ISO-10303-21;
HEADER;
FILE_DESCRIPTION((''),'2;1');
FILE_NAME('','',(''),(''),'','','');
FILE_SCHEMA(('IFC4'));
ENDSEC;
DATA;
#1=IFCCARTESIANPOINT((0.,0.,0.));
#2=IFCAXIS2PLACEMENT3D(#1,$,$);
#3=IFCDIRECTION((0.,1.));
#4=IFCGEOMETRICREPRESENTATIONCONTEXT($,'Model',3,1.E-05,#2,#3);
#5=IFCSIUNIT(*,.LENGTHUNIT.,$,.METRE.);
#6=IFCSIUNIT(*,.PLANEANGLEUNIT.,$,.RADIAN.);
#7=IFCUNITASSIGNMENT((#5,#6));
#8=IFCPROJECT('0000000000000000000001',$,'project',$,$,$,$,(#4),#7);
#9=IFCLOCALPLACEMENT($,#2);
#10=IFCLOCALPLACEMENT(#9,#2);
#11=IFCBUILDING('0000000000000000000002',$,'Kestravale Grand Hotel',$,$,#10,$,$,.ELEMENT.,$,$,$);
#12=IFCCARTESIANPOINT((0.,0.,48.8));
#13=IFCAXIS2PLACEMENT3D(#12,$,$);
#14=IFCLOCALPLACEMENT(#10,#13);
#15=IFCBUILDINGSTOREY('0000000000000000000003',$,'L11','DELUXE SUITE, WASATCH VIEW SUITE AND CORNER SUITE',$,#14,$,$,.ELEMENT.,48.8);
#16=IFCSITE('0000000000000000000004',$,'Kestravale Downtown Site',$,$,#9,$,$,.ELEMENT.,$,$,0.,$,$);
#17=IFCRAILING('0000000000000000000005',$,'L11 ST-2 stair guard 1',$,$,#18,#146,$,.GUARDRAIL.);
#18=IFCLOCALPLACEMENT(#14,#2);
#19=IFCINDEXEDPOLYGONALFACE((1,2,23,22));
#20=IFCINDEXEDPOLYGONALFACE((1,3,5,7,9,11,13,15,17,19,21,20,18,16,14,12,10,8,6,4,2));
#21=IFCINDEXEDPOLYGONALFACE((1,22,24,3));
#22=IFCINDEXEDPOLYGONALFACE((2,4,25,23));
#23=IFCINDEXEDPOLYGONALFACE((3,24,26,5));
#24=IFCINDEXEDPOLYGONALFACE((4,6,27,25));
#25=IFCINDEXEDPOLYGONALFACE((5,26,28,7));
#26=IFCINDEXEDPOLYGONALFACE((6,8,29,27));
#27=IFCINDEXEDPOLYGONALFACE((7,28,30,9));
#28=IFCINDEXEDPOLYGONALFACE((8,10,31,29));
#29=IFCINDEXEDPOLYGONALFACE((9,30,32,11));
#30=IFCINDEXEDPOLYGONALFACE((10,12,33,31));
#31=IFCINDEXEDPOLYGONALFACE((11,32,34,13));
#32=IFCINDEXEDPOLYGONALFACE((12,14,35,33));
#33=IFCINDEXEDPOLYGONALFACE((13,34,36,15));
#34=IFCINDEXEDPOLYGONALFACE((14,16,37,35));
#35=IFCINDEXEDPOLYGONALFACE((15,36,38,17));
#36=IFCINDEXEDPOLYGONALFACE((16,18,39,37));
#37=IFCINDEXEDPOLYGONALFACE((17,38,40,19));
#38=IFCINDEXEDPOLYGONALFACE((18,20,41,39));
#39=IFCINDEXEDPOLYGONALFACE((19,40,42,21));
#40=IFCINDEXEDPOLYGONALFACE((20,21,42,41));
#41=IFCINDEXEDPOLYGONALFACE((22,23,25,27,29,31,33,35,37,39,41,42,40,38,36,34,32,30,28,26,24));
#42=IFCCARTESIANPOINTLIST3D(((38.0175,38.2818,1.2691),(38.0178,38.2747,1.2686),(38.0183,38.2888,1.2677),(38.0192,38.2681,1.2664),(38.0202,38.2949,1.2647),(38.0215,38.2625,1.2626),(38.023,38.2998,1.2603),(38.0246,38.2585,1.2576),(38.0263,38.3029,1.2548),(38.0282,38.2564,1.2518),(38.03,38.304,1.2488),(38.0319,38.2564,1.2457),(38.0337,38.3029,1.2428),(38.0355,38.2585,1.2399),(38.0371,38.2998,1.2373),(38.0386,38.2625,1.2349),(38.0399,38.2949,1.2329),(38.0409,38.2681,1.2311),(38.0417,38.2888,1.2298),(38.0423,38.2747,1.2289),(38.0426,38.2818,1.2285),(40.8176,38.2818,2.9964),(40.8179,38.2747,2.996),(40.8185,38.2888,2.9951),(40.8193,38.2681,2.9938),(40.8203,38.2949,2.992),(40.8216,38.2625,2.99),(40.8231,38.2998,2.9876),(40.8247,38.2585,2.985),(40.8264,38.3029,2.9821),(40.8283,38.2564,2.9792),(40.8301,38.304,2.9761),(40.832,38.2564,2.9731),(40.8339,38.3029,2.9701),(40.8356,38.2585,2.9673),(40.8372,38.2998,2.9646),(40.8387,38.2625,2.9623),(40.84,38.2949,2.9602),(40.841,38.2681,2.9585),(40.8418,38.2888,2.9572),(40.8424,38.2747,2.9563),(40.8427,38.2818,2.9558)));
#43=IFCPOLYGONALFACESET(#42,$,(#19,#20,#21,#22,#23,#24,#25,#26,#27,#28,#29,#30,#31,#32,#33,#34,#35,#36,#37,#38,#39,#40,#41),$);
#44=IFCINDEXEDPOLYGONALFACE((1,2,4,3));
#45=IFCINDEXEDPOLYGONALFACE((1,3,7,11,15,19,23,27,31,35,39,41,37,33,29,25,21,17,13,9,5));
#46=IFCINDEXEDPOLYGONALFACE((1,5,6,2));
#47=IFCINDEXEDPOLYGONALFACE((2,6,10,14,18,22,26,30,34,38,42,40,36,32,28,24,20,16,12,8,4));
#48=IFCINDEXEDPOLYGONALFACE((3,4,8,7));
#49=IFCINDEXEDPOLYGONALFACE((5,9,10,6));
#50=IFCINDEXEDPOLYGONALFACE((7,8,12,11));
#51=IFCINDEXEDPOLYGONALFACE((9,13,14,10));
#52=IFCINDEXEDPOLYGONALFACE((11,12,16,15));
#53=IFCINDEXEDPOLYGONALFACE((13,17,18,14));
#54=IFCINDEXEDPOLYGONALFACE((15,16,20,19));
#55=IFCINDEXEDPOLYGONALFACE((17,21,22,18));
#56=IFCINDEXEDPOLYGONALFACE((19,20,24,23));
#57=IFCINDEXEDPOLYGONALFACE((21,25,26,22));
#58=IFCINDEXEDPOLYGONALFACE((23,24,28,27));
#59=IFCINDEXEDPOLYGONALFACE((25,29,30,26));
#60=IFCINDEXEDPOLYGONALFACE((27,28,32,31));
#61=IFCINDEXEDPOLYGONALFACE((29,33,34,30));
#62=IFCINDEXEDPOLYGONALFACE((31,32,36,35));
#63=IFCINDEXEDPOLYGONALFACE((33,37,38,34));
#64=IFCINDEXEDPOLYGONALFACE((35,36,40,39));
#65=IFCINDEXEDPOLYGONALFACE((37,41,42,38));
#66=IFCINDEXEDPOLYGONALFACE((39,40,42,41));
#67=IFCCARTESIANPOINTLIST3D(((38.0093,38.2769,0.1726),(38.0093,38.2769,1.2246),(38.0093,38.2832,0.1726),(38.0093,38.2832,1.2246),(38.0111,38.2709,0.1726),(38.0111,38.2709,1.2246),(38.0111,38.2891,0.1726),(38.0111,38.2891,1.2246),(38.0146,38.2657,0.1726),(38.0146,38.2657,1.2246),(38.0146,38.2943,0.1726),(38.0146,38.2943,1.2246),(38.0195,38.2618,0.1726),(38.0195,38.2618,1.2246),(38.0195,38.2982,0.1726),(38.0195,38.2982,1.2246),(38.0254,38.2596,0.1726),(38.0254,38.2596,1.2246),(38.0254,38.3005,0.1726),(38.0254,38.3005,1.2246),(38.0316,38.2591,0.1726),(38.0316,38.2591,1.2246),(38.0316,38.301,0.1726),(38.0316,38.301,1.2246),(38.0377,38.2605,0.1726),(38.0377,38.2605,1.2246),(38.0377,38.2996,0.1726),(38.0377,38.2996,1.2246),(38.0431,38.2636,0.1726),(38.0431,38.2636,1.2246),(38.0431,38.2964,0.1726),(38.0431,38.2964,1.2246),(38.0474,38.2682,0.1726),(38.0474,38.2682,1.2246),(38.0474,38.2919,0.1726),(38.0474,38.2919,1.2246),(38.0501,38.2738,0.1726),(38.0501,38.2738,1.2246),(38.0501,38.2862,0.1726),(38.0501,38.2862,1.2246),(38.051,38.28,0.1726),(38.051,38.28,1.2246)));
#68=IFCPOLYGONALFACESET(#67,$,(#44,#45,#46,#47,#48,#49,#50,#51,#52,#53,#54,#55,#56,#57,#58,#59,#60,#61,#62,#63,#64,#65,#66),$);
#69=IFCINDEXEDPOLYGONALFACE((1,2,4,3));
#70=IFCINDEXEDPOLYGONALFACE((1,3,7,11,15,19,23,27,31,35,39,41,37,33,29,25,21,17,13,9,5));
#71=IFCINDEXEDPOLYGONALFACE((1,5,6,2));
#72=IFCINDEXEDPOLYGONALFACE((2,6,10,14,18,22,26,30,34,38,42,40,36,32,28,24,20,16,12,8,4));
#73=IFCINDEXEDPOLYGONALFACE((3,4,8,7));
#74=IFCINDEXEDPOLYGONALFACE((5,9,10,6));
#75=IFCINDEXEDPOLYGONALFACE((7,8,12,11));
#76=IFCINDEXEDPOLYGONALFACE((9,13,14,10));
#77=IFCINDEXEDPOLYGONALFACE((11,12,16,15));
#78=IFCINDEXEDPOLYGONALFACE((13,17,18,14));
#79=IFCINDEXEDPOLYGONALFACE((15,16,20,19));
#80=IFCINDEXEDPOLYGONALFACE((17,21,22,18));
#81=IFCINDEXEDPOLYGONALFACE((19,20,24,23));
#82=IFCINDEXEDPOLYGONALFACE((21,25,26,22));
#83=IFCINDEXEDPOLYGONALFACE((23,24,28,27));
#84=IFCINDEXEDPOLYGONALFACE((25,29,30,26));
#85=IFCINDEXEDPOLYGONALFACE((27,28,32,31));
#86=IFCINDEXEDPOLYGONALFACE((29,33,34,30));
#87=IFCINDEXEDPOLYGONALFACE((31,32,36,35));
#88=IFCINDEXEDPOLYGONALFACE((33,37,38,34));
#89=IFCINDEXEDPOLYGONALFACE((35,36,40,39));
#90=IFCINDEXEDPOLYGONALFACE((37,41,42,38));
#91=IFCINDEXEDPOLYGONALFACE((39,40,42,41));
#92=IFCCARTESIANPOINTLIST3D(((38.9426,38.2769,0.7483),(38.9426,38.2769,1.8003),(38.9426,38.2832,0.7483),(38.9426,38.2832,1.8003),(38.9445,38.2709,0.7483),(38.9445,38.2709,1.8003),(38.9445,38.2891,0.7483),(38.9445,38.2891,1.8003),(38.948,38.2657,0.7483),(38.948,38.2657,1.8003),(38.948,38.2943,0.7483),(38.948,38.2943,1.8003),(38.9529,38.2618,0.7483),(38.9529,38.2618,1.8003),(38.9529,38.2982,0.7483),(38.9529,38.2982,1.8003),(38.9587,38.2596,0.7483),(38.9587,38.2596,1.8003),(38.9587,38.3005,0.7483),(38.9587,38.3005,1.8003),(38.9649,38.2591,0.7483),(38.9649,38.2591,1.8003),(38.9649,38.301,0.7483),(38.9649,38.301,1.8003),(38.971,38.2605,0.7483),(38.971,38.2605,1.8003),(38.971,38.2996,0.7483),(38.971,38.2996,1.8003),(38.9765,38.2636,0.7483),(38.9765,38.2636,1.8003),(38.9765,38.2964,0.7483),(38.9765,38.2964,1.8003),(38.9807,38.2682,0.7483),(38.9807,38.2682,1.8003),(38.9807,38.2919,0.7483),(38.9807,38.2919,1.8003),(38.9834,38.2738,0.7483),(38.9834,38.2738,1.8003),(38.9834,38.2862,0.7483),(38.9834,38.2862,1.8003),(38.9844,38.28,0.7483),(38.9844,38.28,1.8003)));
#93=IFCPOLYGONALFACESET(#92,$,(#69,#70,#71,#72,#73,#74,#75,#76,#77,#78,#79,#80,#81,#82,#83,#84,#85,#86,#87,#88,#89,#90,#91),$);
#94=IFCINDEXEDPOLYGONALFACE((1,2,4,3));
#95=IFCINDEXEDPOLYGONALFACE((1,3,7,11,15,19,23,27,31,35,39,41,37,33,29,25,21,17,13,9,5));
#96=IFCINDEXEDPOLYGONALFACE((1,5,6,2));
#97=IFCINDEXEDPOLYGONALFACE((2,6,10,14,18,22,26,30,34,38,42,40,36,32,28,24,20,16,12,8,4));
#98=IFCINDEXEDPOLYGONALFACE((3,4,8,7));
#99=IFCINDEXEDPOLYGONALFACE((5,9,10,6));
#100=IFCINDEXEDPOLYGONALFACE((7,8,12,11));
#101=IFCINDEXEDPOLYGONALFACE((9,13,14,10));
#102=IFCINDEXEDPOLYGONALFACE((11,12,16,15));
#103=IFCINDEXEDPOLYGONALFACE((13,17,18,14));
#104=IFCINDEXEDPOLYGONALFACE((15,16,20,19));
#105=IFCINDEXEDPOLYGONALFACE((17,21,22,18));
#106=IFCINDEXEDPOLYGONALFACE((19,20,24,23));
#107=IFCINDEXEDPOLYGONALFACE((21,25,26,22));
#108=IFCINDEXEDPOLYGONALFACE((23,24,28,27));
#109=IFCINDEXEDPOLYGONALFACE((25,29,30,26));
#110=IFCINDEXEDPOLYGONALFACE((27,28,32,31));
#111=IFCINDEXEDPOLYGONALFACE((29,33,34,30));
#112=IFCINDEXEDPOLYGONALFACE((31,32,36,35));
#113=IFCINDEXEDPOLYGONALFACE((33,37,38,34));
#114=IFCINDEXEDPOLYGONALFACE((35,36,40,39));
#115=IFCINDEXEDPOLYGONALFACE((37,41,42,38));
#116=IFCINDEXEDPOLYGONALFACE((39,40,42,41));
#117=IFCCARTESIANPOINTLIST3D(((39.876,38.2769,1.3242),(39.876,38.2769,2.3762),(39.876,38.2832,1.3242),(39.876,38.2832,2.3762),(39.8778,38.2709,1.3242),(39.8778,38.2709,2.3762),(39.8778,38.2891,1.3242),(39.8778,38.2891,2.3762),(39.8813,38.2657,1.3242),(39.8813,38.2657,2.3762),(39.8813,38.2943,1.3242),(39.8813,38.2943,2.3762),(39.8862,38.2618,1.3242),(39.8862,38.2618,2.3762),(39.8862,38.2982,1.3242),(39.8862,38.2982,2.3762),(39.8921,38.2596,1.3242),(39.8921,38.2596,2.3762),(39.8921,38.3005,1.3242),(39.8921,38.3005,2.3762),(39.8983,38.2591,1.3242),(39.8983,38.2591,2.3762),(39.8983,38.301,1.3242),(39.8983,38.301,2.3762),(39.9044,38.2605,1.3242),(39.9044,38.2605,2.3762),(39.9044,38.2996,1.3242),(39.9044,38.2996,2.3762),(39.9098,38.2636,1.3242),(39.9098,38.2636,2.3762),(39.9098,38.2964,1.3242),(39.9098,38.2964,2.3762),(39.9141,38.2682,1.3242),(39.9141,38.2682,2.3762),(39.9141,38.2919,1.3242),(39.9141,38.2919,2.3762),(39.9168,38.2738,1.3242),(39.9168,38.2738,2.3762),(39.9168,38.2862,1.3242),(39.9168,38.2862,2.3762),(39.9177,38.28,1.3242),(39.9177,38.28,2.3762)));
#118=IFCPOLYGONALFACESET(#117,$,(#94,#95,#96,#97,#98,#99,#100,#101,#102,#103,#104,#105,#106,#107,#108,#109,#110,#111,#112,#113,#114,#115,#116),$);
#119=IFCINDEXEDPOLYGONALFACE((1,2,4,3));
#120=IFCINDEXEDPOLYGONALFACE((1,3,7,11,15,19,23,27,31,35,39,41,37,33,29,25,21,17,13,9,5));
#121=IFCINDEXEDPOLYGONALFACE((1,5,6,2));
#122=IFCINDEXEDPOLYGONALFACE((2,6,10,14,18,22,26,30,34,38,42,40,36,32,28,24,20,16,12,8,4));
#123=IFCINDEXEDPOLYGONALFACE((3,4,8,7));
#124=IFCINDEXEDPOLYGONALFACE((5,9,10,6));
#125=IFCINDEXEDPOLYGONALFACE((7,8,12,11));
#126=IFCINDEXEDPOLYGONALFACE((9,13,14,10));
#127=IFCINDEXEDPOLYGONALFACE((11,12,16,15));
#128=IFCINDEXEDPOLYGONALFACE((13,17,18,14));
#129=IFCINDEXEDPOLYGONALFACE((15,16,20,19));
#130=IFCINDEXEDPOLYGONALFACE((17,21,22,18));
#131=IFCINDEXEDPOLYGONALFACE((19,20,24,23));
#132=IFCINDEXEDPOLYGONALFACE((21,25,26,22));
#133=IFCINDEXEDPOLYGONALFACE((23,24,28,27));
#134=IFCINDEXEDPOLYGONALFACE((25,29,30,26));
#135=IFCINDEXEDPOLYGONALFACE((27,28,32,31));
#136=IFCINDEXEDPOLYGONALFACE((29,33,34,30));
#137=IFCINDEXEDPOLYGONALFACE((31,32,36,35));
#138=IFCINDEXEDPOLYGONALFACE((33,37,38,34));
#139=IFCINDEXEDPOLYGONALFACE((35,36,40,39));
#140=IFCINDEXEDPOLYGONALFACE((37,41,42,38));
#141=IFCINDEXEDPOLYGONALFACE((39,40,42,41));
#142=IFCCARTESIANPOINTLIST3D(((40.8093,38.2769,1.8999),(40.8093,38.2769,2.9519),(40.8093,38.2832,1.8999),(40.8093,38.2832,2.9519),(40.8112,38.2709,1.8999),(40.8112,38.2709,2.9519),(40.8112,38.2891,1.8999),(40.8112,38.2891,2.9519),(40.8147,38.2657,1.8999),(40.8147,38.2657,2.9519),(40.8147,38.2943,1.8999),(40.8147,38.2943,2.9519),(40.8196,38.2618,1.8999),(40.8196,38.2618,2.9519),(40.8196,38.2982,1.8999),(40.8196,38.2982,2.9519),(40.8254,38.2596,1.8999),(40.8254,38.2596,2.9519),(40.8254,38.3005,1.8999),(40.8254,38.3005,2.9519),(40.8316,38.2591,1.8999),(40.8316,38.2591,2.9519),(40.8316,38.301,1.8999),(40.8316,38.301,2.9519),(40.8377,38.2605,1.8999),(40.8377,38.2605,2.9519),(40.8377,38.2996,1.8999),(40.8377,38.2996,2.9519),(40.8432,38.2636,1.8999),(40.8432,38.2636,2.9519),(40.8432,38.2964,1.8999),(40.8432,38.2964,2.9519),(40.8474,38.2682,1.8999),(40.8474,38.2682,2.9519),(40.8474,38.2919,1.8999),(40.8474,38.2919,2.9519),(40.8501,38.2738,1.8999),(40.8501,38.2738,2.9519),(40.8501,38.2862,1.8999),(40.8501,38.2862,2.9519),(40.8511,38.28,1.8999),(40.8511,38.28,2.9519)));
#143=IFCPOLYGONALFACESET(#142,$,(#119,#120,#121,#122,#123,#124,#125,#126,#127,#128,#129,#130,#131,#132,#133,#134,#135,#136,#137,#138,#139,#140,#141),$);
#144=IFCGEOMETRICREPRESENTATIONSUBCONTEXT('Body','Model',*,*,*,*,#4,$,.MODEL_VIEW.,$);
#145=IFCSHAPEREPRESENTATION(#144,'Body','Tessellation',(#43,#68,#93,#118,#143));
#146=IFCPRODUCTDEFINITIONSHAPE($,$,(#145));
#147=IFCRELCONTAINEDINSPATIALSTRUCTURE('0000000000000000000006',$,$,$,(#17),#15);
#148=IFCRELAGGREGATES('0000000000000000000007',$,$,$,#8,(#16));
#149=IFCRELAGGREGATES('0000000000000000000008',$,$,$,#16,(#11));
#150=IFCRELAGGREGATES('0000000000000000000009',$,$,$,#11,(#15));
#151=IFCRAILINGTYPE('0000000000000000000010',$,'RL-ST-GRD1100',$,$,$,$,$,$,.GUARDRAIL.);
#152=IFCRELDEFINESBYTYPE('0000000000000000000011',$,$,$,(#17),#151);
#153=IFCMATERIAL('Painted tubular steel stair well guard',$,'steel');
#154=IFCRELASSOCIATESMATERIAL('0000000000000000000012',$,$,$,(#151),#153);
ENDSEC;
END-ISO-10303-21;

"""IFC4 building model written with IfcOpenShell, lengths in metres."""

from ifc_helpers import new_model, si_unit, direction, frame, origin, origin_2d, place, context, subcontext, project, spatial, circle, extrude, material, type_object, element, save


model = new_model("IFC4")

# Units and contexts
model_context = context("Model", 3, precision=1e-05, world=origin(), true_north=direction((0.0, 1.0)))
body_context = subcontext(model_context, "Body", "Model", "MODEL_VIEW")
ifc_project = project(units=[si_unit("LENGTHUNIT", "METRE"), si_unit("PLANEANGLEUNIT", "RADIAN")], contexts=[model_context])

# Site, building, storey
site_placement = place(None, origin())
site = spatial("IfcSite", under=ifc_project, at=site_placement, Name="Kestravale Downtown Site", CompositionType="ELEMENT", RefElevation=0.0)
building_placement = place(site_placement, origin())
building = spatial("IfcBuilding", under=site, at=building_placement, Name="Kestravale Grand Hotel", CompositionType="ELEMENT")
storey_placement = place(building_placement, frame((0.0, 0.0, 48.8)))
storey = spatial("IfcBuildingStorey", under=building, at=storey_placement, Name="L11", Description="DELUXE SUITE, WASATCH VIEW SUITE AND CORNER SUITE", CompositionType="ELEMENT", Elevation=48.8)

# Railing
ifc_material_1 = material(Name="Painted tubular steel stair well guard", Category="steel")
railing_type_1 = type_object("IfcRailingType", Name="RL-ST-GRD1100", PredefinedType="GUARDRAIL", material=ifc_material_1)
railing_1_placement = place(storey_placement, frame((38.03, 38.28, 0.1726)))
element("IfcRailing", 1, at=railing_1_placement, inside=storey, type_object=railing_type_1, Name="L11 ST-2 stair guard 1", PredefinedType="GUARDRAIL", context=body_context, shape_type="SweptSolid", body=[
    extrude(circle(Radius=0.0239, at=origin_2d()), frame((0.0, 0.0, 1.0762), z_axis=(0.85109, 0.0, 0.52502), x_axis=(0.0, 1.0, 0.0)), (0.0, 0.0, 1.0), 3.29),
    extrude(circle(Radius=0.021, at=origin_2d()), origin(), (0.0, 0.0, 1.0), 1.052),
    extrude(circle(Radius=0.021, at=origin_2d()), frame((0.9333, 0.0, 0.5757)), (0.0, 0.0, 1.0), 1.052),
    extrude(circle(Radius=0.021, at=origin_2d()), frame((1.8667, 0.0, 1.1516)), (0.0, 0.0, 1.0), 1.052),
    extrude(circle(Radius=0.021, at=origin_2d()), frame((2.8, 0.0, 1.7273)), (0.0, 0.0, 1.0), 1.052),
])

save(model, "model.ifc")
